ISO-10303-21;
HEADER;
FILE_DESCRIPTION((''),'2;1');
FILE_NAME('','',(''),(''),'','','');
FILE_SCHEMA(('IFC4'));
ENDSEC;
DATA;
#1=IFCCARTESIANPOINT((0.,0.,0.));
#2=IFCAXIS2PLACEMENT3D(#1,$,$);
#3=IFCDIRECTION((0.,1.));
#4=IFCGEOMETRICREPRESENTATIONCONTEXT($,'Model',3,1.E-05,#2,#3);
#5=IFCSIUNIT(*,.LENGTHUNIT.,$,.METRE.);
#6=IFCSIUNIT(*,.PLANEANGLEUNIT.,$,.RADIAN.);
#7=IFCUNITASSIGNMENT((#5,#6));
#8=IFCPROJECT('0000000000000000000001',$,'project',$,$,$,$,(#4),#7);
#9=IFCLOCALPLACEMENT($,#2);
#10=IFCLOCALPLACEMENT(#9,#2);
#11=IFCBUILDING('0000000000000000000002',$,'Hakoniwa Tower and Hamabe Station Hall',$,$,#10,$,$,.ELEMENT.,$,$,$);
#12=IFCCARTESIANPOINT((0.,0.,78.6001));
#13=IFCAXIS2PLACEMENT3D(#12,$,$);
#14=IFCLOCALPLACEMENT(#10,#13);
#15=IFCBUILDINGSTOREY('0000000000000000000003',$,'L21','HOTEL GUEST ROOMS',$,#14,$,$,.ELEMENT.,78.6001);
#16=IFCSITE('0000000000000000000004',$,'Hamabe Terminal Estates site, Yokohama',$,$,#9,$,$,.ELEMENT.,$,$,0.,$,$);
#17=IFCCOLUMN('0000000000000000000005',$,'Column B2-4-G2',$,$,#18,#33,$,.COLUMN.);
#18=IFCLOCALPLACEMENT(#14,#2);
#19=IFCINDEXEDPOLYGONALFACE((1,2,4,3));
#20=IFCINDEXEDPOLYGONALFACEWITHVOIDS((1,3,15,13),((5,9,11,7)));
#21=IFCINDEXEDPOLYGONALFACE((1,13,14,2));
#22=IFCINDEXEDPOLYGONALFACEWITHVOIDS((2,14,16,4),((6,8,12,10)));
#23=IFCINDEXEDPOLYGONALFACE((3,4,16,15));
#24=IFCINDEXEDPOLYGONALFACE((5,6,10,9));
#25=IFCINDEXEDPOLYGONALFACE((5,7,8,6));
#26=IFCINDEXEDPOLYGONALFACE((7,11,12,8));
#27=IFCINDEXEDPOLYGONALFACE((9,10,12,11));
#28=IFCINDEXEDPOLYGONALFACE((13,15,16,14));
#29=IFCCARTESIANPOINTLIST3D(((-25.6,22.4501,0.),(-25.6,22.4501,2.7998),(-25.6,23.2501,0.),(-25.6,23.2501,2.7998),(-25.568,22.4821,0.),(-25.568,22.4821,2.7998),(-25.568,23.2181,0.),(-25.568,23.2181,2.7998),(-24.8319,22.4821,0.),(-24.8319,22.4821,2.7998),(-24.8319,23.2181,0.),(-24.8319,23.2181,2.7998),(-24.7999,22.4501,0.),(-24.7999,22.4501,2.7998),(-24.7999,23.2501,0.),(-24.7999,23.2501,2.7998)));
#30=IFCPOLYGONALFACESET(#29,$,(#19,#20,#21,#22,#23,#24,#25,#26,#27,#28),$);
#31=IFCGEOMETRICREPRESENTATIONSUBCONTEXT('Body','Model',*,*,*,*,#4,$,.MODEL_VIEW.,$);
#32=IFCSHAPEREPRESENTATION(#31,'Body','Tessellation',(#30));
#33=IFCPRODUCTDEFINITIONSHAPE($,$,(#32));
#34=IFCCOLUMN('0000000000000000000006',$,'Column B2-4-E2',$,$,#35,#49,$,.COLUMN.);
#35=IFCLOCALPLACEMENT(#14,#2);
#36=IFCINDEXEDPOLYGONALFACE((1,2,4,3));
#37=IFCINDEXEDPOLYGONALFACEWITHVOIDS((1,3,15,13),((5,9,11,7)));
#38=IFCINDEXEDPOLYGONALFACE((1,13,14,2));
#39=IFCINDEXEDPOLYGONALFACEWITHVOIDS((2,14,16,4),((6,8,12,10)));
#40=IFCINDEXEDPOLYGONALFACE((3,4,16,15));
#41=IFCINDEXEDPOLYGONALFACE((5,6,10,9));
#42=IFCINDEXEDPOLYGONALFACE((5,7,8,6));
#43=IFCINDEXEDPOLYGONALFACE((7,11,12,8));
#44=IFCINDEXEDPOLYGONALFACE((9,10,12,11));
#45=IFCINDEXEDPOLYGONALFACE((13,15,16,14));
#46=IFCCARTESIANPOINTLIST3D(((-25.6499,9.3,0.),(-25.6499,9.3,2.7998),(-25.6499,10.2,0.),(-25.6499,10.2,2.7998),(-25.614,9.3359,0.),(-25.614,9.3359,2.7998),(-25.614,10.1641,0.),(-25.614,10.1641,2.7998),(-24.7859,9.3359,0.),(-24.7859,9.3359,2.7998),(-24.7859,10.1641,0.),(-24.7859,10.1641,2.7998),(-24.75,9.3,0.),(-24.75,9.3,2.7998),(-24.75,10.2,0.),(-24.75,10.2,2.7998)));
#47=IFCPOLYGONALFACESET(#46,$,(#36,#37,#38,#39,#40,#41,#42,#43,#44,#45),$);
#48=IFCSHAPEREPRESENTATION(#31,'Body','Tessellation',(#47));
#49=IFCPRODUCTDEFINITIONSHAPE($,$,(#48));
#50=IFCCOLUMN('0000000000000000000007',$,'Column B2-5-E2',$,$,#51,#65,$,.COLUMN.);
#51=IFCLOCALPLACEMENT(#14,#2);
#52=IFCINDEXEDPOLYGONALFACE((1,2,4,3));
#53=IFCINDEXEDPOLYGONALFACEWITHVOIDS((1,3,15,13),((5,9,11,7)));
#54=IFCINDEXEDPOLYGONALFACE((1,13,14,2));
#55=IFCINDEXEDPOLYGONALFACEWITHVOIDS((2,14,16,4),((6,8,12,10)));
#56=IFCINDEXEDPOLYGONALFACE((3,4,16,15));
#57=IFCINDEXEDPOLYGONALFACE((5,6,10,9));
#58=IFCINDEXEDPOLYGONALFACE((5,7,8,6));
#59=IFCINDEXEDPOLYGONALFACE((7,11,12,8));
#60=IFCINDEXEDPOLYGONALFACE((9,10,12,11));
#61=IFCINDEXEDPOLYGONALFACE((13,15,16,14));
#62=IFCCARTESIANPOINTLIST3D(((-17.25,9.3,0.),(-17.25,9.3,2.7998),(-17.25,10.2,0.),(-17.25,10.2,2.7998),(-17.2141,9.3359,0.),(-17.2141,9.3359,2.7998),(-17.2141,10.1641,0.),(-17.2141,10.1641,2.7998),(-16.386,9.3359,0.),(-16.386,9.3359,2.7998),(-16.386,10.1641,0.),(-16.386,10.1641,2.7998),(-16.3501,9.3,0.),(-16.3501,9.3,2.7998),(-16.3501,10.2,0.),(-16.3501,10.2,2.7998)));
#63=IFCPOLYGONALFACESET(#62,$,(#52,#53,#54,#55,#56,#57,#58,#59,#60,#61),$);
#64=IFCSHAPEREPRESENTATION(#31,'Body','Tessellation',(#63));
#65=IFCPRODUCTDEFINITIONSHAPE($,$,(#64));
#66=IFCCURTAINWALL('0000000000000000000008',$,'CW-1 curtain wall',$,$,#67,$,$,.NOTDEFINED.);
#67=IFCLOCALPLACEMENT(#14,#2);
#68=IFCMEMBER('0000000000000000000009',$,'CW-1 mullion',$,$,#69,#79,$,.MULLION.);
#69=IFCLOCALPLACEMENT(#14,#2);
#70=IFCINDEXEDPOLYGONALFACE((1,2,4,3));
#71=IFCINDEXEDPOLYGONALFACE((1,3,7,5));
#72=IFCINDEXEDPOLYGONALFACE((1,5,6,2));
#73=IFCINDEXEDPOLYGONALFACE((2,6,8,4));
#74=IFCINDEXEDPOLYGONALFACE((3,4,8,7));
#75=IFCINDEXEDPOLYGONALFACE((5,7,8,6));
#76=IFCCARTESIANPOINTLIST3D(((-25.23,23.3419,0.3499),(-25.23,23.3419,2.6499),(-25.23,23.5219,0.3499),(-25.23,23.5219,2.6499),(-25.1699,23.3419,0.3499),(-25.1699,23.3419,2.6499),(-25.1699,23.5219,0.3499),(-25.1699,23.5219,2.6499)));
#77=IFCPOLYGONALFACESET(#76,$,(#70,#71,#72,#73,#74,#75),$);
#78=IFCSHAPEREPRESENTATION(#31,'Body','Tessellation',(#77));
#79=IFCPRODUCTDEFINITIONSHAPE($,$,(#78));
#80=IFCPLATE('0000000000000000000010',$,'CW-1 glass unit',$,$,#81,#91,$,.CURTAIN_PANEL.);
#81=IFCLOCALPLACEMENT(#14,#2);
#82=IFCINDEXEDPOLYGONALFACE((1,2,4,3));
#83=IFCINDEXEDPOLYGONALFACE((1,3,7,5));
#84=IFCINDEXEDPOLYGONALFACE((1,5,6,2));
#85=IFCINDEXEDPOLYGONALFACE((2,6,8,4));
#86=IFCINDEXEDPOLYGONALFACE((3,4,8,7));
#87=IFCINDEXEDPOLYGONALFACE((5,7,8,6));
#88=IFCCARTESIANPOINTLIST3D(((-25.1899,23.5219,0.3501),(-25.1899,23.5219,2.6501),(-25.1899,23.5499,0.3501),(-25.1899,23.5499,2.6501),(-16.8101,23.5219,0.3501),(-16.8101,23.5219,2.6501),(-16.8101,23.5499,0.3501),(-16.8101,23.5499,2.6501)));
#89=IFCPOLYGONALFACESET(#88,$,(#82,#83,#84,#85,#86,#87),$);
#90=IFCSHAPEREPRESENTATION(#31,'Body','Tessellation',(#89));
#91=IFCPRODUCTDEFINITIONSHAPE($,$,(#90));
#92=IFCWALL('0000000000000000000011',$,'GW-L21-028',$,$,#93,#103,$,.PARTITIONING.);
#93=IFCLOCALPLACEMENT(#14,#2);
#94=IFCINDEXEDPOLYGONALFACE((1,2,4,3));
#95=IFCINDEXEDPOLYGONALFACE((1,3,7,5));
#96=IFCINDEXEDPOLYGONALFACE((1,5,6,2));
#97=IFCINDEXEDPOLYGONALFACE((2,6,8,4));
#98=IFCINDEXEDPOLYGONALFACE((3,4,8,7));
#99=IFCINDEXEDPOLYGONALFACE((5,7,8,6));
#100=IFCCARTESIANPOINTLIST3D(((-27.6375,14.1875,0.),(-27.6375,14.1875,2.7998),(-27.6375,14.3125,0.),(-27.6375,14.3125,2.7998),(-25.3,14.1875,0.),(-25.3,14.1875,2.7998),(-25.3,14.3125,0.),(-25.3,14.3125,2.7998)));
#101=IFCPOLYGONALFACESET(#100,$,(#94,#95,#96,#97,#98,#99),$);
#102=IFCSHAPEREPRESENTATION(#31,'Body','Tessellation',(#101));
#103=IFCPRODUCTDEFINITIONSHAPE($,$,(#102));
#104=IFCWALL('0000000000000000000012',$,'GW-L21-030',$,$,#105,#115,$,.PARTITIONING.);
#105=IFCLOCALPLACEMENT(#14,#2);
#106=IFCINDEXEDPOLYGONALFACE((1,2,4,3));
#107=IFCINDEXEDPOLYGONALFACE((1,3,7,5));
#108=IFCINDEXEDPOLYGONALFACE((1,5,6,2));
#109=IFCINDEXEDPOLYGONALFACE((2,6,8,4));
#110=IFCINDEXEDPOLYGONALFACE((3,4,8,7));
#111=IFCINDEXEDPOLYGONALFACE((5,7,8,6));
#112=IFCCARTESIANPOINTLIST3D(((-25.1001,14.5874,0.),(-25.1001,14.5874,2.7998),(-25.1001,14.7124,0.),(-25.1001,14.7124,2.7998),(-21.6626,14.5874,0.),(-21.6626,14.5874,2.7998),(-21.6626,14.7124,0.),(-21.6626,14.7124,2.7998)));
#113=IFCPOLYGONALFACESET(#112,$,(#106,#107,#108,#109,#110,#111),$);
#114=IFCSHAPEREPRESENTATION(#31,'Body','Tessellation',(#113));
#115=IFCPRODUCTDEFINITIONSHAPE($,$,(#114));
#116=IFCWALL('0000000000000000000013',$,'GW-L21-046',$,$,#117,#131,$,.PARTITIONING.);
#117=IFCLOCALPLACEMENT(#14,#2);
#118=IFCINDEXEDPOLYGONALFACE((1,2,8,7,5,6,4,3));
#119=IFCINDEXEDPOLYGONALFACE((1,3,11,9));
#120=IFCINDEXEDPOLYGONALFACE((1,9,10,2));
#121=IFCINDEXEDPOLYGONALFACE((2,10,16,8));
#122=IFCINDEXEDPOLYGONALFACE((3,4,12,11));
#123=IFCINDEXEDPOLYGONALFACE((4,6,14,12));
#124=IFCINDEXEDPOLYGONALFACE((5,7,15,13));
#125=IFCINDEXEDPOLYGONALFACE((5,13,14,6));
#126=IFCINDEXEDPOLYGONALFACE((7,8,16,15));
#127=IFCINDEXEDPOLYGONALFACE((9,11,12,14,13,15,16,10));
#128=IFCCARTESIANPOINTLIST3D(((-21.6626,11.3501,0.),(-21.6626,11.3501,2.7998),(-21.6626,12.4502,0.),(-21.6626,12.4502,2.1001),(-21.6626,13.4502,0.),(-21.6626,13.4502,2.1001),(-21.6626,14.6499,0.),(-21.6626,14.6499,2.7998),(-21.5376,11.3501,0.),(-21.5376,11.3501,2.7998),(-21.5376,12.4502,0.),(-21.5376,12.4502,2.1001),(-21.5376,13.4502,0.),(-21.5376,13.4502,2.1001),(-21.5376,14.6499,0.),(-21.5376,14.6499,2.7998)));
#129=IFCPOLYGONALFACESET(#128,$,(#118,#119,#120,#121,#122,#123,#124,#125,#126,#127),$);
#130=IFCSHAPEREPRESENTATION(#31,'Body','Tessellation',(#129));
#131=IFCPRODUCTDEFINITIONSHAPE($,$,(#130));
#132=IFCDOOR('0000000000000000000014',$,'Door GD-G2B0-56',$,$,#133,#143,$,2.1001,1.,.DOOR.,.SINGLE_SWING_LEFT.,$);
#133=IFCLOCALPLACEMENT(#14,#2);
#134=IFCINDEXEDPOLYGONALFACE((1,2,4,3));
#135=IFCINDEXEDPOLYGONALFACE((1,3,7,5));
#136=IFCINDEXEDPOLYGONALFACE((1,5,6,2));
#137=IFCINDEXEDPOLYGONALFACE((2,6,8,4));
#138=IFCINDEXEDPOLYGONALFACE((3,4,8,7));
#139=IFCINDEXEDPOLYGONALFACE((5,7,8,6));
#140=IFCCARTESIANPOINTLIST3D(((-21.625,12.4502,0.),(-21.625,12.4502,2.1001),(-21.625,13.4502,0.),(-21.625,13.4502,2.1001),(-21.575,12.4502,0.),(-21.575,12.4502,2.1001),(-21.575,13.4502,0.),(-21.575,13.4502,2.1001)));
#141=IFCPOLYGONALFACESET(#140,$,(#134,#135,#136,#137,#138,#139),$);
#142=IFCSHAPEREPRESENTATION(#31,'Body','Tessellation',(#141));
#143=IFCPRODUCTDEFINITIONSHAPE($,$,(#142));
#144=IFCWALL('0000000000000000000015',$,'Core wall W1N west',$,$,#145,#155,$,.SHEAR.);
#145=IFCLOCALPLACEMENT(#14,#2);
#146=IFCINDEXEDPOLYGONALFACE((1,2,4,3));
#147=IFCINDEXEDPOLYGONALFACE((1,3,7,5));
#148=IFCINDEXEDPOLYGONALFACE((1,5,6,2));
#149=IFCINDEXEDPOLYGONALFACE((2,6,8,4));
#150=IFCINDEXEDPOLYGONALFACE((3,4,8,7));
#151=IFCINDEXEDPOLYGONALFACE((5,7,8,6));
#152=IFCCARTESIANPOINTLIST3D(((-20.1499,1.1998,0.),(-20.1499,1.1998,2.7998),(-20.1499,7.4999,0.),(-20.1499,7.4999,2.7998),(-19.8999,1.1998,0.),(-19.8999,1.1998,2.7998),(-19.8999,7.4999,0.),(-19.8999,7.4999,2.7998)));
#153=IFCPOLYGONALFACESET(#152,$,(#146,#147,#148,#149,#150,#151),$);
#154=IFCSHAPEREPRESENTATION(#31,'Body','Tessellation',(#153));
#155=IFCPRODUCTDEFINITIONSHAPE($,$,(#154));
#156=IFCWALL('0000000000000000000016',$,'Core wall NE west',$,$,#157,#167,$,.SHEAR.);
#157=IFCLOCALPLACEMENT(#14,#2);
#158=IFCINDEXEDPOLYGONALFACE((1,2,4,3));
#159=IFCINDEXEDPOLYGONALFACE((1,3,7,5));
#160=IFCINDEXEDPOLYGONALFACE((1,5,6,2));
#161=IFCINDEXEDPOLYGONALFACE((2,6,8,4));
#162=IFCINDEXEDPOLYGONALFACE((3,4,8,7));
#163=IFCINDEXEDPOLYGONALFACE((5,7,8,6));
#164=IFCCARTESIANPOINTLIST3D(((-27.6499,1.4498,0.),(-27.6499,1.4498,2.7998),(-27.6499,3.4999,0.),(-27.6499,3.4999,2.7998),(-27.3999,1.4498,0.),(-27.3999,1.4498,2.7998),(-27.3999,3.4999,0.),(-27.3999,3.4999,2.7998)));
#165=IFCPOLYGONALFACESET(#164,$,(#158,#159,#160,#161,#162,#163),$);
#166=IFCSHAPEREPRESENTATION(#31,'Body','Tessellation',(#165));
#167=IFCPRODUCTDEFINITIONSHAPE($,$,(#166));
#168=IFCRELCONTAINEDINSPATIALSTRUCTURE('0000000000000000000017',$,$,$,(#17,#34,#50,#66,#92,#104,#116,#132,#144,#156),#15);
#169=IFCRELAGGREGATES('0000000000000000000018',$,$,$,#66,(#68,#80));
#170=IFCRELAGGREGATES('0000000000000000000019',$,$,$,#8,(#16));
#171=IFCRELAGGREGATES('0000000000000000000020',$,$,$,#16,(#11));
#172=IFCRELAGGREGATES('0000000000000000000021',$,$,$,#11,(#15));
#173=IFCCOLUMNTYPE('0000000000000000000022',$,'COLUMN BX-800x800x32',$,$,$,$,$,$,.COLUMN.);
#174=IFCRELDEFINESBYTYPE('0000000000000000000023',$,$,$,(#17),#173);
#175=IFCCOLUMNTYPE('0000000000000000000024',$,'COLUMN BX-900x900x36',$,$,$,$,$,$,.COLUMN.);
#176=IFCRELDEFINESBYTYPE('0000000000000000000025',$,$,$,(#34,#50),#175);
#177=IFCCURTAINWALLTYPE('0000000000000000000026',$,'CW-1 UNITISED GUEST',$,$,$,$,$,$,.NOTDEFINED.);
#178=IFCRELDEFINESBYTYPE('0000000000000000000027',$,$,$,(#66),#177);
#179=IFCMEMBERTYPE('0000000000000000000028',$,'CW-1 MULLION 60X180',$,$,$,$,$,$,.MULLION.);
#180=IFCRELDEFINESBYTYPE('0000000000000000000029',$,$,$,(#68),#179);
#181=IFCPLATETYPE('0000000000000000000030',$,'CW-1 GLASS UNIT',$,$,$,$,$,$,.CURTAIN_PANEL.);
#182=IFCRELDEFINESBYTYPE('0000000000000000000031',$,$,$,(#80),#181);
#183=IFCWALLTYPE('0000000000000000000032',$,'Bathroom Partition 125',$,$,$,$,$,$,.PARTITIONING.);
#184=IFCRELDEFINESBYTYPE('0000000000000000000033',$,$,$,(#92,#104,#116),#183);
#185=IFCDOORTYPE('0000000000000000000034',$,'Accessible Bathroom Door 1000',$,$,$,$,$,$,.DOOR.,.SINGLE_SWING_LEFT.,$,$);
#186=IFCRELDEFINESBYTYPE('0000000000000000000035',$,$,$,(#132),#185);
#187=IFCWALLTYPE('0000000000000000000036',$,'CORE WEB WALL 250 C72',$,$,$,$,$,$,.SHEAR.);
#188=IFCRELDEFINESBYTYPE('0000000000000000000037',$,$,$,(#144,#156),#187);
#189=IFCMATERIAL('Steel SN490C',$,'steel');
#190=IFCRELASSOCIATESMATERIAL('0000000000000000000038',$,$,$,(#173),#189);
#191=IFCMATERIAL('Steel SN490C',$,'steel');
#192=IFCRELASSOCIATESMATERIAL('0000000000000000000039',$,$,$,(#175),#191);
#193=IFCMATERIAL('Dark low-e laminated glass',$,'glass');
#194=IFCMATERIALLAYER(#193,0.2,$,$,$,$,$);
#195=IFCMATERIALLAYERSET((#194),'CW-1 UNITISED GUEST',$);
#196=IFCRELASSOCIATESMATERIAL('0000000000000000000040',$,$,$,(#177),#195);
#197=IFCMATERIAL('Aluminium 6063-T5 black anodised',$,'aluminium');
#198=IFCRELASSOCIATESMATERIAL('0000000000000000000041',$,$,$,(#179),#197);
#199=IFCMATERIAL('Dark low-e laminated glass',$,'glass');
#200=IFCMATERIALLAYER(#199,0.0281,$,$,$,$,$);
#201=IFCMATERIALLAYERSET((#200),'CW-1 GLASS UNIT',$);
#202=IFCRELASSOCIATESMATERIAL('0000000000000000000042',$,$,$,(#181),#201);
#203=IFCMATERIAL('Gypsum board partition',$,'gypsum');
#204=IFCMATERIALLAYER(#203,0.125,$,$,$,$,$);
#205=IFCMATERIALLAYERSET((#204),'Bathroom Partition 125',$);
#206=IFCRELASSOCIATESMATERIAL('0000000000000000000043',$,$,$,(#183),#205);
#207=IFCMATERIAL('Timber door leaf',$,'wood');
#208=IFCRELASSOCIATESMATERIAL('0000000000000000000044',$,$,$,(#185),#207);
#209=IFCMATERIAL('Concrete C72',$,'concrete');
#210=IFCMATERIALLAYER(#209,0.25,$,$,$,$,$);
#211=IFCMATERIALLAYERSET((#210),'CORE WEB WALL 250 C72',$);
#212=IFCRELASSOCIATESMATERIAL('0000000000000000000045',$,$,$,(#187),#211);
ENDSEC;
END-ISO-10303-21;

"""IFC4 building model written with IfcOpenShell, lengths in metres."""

from ifc_helpers import new_model, si_unit, direction, frame, frame_2d, origin, origin_2d, place, context, subcontext, project, spatial, rectangle, hollow_rectangle, extrude, material, layer, layer_set, material_profile, profile_set, type_object, element, fill, aggregate, save


model = new_model("IFC4")

# Units and contexts
model_context = context("Model", 3, precision=1e-05, world=origin(), true_north=direction((0.0, 1.0)))
body_context = subcontext(model_context, "Body", "Model", "MODEL_VIEW")
ifc_project = project(units=[si_unit("LENGTHUNIT", "METRE"), si_unit("PLANEANGLEUNIT", "RADIAN")], contexts=[model_context])

# Site, building, storey
site_placement = place(None, origin())
site = spatial("IfcSite", under=ifc_project, at=site_placement, Name="Hamabe Terminal Estates site, Yokohama", CompositionType="ELEMENT", RefElevation=0.0)
building_placement = place(site_placement, origin())
building = spatial("IfcBuilding", under=site, at=building_placement, Name="Hakoniwa Tower and Hamabe Station Hall", CompositionType="ELEMENT")
storey_placement = place(building_placement, frame((0.0, 0.0, 78.6001)))
storey = spatial("IfcBuildingStorey", under=building, at=storey_placement, Name="L21", Description="HOTEL GUEST ROOMS", CompositionType="ELEMENT", Elevation=78.6001)

# Columns
ifc_material_1 = material(Name="Steel SN490C", Category="steel")
ifc_material_profile_1 = material_profile(ifc_material_1, hollow_rectangle(XDim=0.8, YDim=0.8, WallThickness=0.032, at=origin_2d()), Name="BX-800x800x32")
ifc_profile_set_1 = profile_set([ifc_material_profile_1], Name="Steel SN490C")
column_type_1 = type_object("IfcColumnType", Name="COLUMN BX-800x800x32", PredefinedType="COLUMN", material=ifc_profile_set_1)
column_placement = place(storey_placement, frame((-25.2, 22.8501, 0.0), z_axis=(0.0, 0.0, 1.0), x_axis=(1.0, 0.0, 0.0)))
element("IfcColumn", 1, at=column_placement, inside=storey, type_object=column_type_1, Name="Column B2-4-G2", PredefinedType="COLUMN", context=body_context, shape_type="SweptSolid", body=[
    extrude(hollow_rectangle(XDim=0.8, YDim=0.8, WallThickness=0.032, at=origin_2d()), origin(), (0.0, 0.0, 1.0), 2.7998),
])
ifc_material_2 = material(Name="Steel SN490C", Category="steel")
ifc_material_profile_2 = material_profile(ifc_material_2, hollow_rectangle(XDim=0.8999, YDim=0.8999, WallThickness=0.0359, at=origin_2d()), Name="BX-900x900x36")
ifc_profile_set_2 = profile_set([ifc_material_profile_2], Name="Steel SN490C")
column_type_2 = type_object("IfcColumnType", Name="COLUMN BX-900x900x36", PredefinedType="COLUMN", material=ifc_profile_set_2)
for number, where, z_axis, x_axis, name in (
    (2, (-25.2, 9.75, 0.0), (0.0, 0.0, 1.0), (1.0, 0.0, 0.0), "Column B2-4-E2"),
    (3, (-16.8, 9.75, 0.0), (0.0, 0.0, 1.0), (1.0, 0.0, 0.0), "Column B2-5-E2"),
):
    element("IfcColumn", number, at=place(storey_placement, frame(where, z_axis=z_axis, x_axis=x_axis)), inside=storey, type_object=column_type_2, Name=name, PredefinedType="COLUMN", context=body_context, shape_type="SweptSolid", body=[
        extrude(hollow_rectangle(XDim=0.8999, YDim=0.8999, WallThickness=0.0359, at=origin_2d()), origin(), (0.0, 0.0, 1.0), 2.7998),
    ])

# Curtain wall, member, plate
ifc_material_3 = material(Name="Dark low-e laminated glass", Category="glass")
ifc_layer_1 = layer(ifc_material_3, 0.2)
ifc_layer_set_1 = layer_set([ifc_layer_1], Name="CW-1 UNITISED GUEST")
curtain_wall_type = type_object("IfcCurtainWallType", Name="CW-1 UNITISED GUEST", PredefinedType="NOTDEFINED", material=ifc_layer_set_1)
curtain_wall_placement = place(storey_placement, origin())
curtain_wall = element("IfcCurtainWall", 4, at=curtain_wall_placement, inside=storey, type_object=curtain_wall_type, Name="CW-1 curtain wall", PredefinedType="NOTDEFINED")
ifc_material_4 = material(Name="Aluminium 6063-T5 black anodised", Category="aluminium")
ifc_material_profile_3 = material_profile(ifc_material_4, rectangle(XDim=0.0601, YDim=0.1799, at=origin_2d()), Name="CW-1 MULLION 60X180")
ifc_profile_set_3 = profile_set([ifc_material_profile_3], Name="Aluminium 6063-T5 black anodised")
member_type = type_object("IfcMemberType", Name="CW-1 MULLION 60X180", PredefinedType="MULLION", material=ifc_profile_set_3)
member_placement = place(storey_placement, frame((-25.2, 23.4319, 0.3499), z_axis=(0.0, 0.0, 1.0), x_axis=(-1.0, 0.0, 0.0)))
member = element("IfcMember", 5, at=member_placement, type_object=member_type, Name="CW-1 mullion", PredefinedType="MULLION", context=body_context, shape_type="SweptSolid", body=[
    extrude(rectangle(XDim=0.0601, YDim=0.1799, at=origin_2d()), origin(), (0.0, 0.0, 1.0), 2.3),
])
ifc_material_5 = material(Name="Dark low-e laminated glass", Category="glass")
ifc_layer_2 = layer(ifc_material_5, 0.0281)
ifc_layer_set_2 = layer_set([ifc_layer_2], Name="CW-1 GLASS UNIT")
plate_type = type_object("IfcPlateType", Name="CW-1 GLASS UNIT", PredefinedType="CURTAIN_PANEL", material=ifc_layer_set_2)
plate_placement = place(storey_placement, frame((-21.0, 23.5359, 0.3501), z_axis=(0.0, 0.0, 1.0), x_axis=(-1.0, 0.0, 0.0)))
plate = element("IfcPlate", 6, at=plate_placement, type_object=plate_type, Name="CW-1 glass unit", PredefinedType="CURTAIN_PANEL", context=body_context, shape_type="SweptSolid", body=[
    extrude(rectangle(XDim=8.3799, YDim=0.0281, at=origin_2d()), origin(), (0.0, 0.0, 1.0), 2.3),
])
aggregate(curtain_wall, [member, plate])

# Walls
ifc_material_6 = material(Name="Gypsum board partition", Category="gypsum")
ifc_layer_3 = layer(ifc_material_6, 0.125)
ifc_layer_set_3 = layer_set([ifc_layer_3], Name="Bathroom Partition 125")
wall_type_1 = type_object("IfcWallType", Name="Bathroom Partition 125", PredefinedType="PARTITIONING", material=ifc_layer_set_3)
wall_1_placement = place(storey_placement, frame((-27.6375, 14.25, 0.0), z_axis=(0.0, 0.0, 1.0), x_axis=(1.0, 0.0, 0.0)))
element("IfcWall", 7, at=wall_1_placement, inside=storey, type_object=wall_type_1, Name="GW-L21-028", PredefinedType="PARTITIONING", context=body_context, shape_type="SweptSolid", body=[
    extrude(rectangle(XDim=2.3374, YDim=0.125, at=frame_2d((1.1687, 0.0))), origin(), (0.0, 0.0, 1.0), 2.7998),
])
wall_2_placement = place(storey_placement, frame((-25.1001, 14.6499, 0.0), z_axis=(0.0, 0.0, 1.0), x_axis=(1.0, 0.0, 0.0)))
element("IfcWall", 8, at=wall_2_placement, inside=storey, type_object=wall_type_1, Name="GW-L21-030", PredefinedType="PARTITIONING", context=body_context, shape_type="SweptSolid", body=[
    extrude(rectangle(XDim=3.4375, YDim=0.125, at=frame_2d((1.7188, 0.0))), origin(), (0.0, 0.0, 1.0), 2.7998),
])

# Wall, opening, door
wall_3_placement = place(storey_placement, frame((-21.6001, 11.3501, 0.0), z_axis=(0.0, 0.0, 1.0), x_axis=(0.0, 1.0, 0.0)))
wall_3 = element("IfcWall", 9, at=wall_3_placement, inside=storey, type_object=wall_type_1, Name="GW-L21-046", PredefinedType="PARTITIONING", context=body_context, shape_type="SweptSolid", body=[
    extrude(rectangle(XDim=3.2998, YDim=0.125, at=frame_2d((1.6499, 0.0))), origin(), (0.0, 0.0, 1.0), 2.7998),
])
opening_1_placement = place(wall_3_placement, frame((1.1001, 0.0, 0.0)))
opening_1 = element("IfcOpeningElement", 10, at=opening_1_placement, cuts=wall_3, PredefinedType="OPENING", context=body_context, shape_type="SweptSolid", body=[
    extrude(rectangle(XDim=1.0, YDim=2.1001, at=frame_2d((0.5, 1.05))), frame((0.0, 0.0725, 0.0), z_axis=(0.0, -1.0, 0.0), x_axis=(1.0, 0.0, 0.0)), (0.0, 0.0, 1.0), 0.145),
])
ifc_material_7 = material(Name="Timber door leaf", Category="wood")
door_type_1 = type_object("IfcDoorType", Name="Accessible Bathroom Door 1000", OperationType="SINGLE_SWING_LEFT", PredefinedType="DOOR", material=ifc_material_7)
door_1_placement = place(opening_1_placement, origin())
door_1 = element("IfcDoor", 11, at=door_1_placement, inside=storey, type_object=door_type_1, Name="Door GD-G2B0-56", OperationType="SINGLE_SWING_LEFT", OverallHeight=2.1001, OverallWidth=1.0, PredefinedType="DOOR", context=body_context, shape_type="SweptSolid", body=[
    extrude(rectangle(XDim=1.0, YDim=2.1001, at=frame_2d((0.5, 1.05))), frame((0.0, 0.0249, 0.0), z_axis=(0.0, -1.0, 0.0), x_axis=(1.0, 0.0, 0.0)), (0.0, 0.0, 1.0), 0.05),
])
fill(opening_1, door_1)

# Walls
ifc_material_8 = material(Name="Concrete C72", Category="concrete")
ifc_layer_4 = layer(ifc_material_8, 0.25)
ifc_layer_set_4 = layer_set([ifc_layer_4], Name="CORE WEB WALL 250 C72")
wall_type_2 = type_object("IfcWallType", Name="CORE WEB WALL 250 C72", PredefinedType="SHEAR", material=ifc_layer_set_4)
wall_4_placement = place(storey_placement, frame((-20.0249, 1.2, 0.0), z_axis=(0.0, 0.0, 1.0), x_axis=(0.0, 1.0, 0.0)))
element("IfcWall", 12, at=wall_4_placement, inside=storey, type_object=wall_type_2, Name="Core wall W1N west", PredefinedType="SHEAR", context=body_context, shape_type="SweptSolid", body=[
    extrude(rectangle(XDim=6.3, YDim=0.25, at=frame_2d((3.1499, 0.0))), origin(), (0.0, 0.0, 1.0), 2.7998),
])
wall_5_placement = place(storey_placement, frame((-27.5249, 1.45, 0.0), z_axis=(0.0, 0.0, 1.0), x_axis=(0.0, 1.0, 0.0)))
element("IfcWall", 13, at=wall_5_placement, inside=storey, type_object=wall_type_2, Name="Core wall NE west", PredefinedType="SHEAR", context=body_context, shape_type="SweptSolid", body=[
    extrude(rectangle(XDim=2.05, YDim=0.25, at=frame_2d((1.0249, 0.0))), origin(), (0.0, 0.0, 1.0), 2.7998),
])

save(model, "model.ifc")
